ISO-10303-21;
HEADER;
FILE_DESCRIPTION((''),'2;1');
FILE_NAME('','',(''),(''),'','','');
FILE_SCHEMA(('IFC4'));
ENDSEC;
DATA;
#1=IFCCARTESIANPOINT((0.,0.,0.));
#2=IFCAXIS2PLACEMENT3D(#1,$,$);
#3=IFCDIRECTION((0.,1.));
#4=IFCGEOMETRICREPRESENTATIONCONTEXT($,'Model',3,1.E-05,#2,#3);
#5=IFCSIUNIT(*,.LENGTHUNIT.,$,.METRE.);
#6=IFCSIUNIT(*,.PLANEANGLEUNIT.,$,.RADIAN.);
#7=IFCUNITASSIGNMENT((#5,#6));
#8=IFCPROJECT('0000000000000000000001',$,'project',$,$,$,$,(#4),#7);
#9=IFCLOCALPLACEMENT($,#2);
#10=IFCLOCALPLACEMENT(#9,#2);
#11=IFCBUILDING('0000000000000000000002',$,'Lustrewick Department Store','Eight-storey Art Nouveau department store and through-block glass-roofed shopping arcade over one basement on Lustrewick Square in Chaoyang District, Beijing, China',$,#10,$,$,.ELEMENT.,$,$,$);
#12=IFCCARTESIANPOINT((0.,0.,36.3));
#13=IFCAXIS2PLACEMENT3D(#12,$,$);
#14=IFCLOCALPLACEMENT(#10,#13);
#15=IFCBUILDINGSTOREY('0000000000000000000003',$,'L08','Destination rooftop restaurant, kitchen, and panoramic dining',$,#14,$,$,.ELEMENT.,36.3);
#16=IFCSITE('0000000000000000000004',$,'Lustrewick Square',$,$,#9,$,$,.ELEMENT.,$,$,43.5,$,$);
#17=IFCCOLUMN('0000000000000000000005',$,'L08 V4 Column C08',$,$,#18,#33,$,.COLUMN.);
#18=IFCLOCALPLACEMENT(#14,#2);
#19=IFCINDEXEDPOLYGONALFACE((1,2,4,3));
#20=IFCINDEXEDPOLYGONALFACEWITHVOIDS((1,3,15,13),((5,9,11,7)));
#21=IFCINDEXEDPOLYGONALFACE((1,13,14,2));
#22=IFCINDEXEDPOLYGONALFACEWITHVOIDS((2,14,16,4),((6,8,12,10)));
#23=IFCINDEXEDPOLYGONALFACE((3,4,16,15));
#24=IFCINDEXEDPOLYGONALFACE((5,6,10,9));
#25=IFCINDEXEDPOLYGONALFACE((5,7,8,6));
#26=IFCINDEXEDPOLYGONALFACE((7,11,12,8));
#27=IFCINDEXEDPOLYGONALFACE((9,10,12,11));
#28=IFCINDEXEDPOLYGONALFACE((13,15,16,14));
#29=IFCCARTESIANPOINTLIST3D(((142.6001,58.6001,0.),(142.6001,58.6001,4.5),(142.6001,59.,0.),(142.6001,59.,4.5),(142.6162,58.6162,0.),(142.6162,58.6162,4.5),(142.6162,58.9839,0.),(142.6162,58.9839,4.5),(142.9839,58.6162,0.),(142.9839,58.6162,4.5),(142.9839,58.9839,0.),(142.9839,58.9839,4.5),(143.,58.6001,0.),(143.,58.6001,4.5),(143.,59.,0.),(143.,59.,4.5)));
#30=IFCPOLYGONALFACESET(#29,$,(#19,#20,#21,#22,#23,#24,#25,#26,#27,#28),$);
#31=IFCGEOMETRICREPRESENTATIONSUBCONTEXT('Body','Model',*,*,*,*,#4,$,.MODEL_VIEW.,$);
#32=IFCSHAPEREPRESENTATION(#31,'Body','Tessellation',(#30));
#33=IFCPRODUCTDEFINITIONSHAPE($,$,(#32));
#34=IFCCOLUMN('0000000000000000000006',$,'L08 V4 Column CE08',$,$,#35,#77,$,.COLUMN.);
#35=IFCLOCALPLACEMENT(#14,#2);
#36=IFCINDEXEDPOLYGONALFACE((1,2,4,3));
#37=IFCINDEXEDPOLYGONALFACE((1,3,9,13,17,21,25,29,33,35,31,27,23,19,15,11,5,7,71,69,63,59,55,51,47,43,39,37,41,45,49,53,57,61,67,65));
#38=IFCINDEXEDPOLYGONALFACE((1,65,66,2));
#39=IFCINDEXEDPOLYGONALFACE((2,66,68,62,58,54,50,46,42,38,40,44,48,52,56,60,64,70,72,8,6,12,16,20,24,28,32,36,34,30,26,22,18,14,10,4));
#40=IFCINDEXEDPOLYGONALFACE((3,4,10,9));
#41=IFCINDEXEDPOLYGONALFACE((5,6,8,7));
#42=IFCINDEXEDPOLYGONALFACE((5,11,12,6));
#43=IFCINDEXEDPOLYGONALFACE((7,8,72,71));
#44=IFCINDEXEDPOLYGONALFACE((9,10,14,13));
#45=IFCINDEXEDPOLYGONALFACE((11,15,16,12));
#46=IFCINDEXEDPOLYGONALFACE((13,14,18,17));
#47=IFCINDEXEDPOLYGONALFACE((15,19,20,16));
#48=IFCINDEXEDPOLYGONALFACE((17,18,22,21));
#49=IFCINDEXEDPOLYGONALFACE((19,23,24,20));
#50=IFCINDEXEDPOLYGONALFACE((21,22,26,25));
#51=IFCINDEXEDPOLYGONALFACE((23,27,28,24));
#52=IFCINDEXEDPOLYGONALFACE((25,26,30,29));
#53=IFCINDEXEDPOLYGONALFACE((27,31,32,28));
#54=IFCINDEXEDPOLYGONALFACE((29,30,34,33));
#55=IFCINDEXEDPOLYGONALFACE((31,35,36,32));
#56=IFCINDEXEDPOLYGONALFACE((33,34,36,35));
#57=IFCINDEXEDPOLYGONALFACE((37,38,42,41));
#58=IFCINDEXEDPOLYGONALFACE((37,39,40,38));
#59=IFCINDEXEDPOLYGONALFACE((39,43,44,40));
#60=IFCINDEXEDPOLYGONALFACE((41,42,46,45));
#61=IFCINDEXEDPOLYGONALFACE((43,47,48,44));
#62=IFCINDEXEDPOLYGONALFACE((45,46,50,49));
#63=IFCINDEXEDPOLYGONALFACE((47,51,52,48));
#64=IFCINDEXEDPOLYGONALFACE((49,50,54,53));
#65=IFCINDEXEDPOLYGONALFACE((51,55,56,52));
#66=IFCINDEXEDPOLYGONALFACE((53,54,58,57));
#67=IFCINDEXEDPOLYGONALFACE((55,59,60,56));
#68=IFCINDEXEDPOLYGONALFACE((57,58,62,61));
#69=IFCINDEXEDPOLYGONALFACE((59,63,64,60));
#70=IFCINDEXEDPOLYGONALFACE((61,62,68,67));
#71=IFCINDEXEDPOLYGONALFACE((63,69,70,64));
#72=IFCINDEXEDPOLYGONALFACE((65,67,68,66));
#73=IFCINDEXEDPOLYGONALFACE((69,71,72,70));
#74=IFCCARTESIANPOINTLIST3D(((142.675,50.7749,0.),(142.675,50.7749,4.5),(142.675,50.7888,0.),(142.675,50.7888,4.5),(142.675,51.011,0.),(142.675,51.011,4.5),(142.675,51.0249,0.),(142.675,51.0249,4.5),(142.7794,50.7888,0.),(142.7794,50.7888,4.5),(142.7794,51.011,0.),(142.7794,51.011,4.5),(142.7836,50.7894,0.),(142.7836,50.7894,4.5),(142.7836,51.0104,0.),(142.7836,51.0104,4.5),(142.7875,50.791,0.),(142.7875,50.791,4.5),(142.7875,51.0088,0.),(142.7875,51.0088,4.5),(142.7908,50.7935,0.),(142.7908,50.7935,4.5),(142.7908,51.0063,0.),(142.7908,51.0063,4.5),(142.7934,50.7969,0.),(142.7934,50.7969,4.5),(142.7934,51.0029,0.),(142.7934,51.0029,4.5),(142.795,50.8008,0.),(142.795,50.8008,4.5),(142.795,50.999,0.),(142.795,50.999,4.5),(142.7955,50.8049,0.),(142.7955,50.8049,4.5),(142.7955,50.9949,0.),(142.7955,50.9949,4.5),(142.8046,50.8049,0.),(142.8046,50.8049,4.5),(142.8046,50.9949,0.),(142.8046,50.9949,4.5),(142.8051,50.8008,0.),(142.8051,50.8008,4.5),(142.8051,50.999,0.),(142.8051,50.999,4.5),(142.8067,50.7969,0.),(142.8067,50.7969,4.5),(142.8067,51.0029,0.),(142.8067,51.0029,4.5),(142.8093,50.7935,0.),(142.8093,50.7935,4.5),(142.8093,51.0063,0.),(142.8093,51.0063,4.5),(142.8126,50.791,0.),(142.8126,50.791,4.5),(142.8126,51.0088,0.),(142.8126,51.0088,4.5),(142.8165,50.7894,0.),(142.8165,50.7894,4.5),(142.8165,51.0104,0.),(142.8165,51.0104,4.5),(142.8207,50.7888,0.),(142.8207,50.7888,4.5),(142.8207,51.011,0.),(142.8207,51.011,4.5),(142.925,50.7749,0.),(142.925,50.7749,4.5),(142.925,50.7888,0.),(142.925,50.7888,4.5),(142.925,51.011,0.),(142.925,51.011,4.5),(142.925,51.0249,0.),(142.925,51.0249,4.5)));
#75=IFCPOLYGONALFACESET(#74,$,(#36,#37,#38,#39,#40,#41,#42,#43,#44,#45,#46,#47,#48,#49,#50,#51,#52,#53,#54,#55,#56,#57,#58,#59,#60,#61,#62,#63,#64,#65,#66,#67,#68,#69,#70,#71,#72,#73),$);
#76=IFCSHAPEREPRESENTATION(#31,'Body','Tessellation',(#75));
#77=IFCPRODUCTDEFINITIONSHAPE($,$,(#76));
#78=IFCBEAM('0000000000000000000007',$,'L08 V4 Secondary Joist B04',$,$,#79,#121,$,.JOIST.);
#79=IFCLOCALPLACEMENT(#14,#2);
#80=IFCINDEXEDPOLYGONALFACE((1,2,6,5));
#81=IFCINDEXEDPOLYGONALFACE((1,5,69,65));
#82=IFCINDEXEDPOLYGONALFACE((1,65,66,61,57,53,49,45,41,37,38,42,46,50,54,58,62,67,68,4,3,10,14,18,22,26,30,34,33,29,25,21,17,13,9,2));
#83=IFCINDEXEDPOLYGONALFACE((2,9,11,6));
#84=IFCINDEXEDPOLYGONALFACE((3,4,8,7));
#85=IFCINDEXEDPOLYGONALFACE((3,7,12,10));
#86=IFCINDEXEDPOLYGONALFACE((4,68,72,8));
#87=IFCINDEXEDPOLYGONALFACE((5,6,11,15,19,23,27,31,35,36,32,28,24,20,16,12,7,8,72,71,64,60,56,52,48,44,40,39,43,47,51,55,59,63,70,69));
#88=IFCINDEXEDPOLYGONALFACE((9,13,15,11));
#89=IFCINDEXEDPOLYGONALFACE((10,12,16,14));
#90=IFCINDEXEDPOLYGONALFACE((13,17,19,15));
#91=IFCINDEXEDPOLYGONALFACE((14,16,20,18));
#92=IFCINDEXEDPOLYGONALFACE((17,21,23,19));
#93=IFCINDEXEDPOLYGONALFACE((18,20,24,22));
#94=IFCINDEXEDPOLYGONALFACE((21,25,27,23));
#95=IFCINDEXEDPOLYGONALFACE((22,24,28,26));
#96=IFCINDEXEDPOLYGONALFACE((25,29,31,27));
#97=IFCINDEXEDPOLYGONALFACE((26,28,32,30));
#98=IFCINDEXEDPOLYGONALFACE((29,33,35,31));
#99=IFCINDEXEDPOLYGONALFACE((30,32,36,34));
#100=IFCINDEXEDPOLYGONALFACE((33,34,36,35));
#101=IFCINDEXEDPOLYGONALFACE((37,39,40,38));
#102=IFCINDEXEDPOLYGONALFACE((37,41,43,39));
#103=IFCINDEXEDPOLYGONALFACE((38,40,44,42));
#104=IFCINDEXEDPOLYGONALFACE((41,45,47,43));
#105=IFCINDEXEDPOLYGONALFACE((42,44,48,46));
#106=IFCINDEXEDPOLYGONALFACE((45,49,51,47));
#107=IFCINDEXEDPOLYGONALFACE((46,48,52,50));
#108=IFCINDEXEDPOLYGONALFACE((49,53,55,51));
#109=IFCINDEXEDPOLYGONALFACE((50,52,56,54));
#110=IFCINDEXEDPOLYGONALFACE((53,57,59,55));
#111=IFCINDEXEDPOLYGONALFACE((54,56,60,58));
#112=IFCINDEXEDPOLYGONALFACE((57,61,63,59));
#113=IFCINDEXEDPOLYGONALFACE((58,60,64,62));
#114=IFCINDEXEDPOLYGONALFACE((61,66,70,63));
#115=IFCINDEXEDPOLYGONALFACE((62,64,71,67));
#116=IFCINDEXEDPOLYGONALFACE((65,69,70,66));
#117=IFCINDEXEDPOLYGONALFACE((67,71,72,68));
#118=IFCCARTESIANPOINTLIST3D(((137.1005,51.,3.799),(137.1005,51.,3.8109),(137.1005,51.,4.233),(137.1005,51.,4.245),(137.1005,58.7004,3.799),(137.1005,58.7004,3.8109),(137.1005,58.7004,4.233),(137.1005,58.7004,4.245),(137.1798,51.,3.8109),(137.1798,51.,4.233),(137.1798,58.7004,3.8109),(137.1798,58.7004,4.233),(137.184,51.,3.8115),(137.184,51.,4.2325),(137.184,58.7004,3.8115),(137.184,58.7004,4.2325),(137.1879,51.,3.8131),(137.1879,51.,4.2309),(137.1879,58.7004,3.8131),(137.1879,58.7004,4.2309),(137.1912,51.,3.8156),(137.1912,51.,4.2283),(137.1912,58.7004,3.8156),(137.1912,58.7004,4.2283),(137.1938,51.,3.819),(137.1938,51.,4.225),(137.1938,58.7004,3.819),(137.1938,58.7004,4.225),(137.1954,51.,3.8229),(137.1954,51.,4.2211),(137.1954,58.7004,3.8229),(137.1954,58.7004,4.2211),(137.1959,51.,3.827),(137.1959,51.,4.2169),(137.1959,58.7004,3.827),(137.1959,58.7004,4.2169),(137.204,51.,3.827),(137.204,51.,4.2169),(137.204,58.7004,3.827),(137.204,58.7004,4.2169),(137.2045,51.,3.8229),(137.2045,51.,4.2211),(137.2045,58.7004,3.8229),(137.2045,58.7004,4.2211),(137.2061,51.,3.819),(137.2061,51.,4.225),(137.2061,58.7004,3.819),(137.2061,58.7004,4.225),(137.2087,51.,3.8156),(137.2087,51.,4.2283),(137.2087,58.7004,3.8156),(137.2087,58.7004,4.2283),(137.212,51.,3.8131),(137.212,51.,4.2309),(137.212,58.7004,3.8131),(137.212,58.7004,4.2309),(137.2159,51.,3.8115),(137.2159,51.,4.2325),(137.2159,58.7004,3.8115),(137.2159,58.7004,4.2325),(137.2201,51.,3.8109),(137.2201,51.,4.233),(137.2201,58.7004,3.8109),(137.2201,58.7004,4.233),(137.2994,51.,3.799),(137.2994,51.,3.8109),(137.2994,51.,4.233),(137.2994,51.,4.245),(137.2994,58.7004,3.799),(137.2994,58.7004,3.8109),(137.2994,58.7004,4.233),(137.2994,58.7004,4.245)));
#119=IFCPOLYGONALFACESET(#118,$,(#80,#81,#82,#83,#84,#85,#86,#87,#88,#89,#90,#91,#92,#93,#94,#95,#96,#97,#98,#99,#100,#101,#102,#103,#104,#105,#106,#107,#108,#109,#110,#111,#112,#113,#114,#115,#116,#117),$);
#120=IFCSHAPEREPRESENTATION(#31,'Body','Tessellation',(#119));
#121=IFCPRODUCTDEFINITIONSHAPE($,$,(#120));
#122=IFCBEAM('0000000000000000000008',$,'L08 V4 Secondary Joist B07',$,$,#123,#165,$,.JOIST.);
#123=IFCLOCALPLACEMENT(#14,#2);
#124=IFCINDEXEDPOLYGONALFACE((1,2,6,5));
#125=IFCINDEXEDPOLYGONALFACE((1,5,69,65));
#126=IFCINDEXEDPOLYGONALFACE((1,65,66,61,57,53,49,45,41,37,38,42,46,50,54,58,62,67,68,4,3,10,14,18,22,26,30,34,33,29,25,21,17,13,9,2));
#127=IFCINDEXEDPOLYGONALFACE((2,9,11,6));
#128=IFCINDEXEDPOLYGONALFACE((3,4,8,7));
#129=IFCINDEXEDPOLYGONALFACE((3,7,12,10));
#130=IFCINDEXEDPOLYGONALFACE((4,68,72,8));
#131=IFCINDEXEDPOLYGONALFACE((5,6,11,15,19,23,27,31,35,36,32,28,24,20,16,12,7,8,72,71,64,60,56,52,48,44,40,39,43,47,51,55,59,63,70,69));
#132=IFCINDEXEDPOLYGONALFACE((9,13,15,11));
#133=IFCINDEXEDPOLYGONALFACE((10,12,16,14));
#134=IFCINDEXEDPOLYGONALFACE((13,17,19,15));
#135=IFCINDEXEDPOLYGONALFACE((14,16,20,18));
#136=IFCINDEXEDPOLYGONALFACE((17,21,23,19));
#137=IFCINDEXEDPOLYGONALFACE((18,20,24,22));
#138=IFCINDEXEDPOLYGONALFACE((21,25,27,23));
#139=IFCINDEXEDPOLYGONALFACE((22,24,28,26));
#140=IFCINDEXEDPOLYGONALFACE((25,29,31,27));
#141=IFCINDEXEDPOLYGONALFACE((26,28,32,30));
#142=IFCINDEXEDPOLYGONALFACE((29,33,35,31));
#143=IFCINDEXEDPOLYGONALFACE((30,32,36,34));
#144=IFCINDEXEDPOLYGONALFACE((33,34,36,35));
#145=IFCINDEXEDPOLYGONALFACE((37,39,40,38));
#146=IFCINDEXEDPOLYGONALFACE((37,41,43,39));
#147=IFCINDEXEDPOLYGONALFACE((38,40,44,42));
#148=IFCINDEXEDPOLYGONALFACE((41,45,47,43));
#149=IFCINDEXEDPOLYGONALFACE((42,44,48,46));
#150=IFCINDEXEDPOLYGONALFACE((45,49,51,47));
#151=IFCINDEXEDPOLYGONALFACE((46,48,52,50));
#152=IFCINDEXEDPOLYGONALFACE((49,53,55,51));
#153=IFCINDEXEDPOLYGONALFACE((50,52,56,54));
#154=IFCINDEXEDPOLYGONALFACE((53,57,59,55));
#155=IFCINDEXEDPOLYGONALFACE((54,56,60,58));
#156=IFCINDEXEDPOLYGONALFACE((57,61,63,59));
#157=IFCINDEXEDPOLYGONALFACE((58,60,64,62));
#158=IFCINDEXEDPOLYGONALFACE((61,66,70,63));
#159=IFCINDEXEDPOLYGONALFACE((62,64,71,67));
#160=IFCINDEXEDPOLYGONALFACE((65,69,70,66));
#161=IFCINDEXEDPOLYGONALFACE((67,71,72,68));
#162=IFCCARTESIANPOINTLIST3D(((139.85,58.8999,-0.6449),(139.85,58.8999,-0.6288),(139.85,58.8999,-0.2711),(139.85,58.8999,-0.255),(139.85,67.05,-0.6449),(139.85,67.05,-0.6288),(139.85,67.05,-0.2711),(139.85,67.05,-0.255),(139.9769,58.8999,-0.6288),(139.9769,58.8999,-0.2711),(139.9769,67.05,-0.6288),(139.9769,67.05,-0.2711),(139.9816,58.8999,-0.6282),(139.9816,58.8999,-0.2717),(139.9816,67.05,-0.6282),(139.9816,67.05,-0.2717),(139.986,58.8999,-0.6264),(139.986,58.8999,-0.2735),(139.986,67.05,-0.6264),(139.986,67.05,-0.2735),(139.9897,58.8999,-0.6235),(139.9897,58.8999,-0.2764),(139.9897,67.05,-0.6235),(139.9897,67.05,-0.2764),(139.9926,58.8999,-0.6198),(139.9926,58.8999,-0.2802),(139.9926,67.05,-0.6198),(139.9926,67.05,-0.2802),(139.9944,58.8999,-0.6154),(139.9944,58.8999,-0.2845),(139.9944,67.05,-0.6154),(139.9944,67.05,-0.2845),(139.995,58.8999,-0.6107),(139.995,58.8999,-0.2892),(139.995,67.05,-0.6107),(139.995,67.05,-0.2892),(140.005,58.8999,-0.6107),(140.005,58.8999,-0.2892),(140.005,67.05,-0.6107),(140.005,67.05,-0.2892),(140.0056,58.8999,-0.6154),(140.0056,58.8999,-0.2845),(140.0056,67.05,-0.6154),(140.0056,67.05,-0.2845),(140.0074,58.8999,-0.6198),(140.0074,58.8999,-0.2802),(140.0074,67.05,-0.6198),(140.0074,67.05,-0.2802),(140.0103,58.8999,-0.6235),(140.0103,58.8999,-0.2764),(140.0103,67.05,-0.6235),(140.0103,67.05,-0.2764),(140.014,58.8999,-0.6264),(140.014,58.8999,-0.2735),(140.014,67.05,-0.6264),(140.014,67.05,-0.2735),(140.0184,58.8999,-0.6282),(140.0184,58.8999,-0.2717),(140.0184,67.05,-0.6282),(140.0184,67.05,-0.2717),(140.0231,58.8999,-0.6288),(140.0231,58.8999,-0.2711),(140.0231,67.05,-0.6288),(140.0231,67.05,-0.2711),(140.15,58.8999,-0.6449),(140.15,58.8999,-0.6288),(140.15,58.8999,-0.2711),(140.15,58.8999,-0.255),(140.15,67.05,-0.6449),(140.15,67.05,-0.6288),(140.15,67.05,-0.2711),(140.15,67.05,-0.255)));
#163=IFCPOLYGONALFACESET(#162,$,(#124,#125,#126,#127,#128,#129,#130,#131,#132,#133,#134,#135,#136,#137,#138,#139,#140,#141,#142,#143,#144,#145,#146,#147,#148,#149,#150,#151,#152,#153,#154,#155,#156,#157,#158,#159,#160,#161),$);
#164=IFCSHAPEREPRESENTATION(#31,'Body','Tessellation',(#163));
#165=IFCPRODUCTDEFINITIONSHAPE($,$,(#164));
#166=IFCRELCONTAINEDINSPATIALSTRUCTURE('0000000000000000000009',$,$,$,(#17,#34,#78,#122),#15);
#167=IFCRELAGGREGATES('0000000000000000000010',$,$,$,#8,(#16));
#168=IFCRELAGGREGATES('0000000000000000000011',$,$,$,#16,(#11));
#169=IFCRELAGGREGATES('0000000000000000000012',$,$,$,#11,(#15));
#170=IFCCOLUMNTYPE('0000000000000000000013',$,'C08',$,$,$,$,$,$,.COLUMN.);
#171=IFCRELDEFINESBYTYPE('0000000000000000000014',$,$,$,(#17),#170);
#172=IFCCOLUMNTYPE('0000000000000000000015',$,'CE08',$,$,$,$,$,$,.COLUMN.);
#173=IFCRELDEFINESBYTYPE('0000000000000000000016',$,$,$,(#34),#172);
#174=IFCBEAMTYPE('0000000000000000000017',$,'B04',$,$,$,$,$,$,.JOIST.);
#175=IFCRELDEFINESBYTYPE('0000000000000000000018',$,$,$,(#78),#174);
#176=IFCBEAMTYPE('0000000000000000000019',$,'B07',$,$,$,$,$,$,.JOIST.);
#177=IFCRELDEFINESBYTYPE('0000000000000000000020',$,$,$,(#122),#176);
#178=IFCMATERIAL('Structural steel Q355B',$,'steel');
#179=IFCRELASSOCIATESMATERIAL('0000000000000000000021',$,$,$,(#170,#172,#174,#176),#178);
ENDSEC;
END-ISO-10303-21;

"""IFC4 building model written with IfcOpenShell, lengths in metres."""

from ifc_helpers import new_model, si_unit, direction, frame, origin, origin_2d, place, context, subcontext, project, spatial, hollow_rectangle, i_section, extrude, material, material_profile, profile_set, type_object, element, save


model = new_model("IFC4")

# Units and contexts
model_context = context("Model", 3, precision=1e-05, world=origin(), true_north=direction((0.0, 1.0)))
body_context = subcontext(model_context, "Body", "Model", "MODEL_VIEW")
ifc_project = project(units=[si_unit("LENGTHUNIT", "METRE"), si_unit("PLANEANGLEUNIT", "RADIAN")], contexts=[model_context])

# Site, building, storey
site_placement = place(None, origin())
site = spatial("IfcSite", under=ifc_project, at=site_placement, Name="Lustrewick Square", CompositionType="ELEMENT", RefElevation=43.5)
building_placement = place(site_placement, origin())
building = spatial("IfcBuilding", under=site, at=building_placement, Name="Lustrewick Department Store", Description="Eight-storey Art Nouveau department store and through-block glass-roofed shopping arcade over one basement on Lustrewick Square in Chaoyang District, Beijing, China", CompositionType="ELEMENT")
storey_placement = place(building_placement, frame((0.0, 0.0, 36.3)))
storey = spatial("IfcBuildingStorey", under=building, at=storey_placement, Name="L08", Description="Destination rooftop restaurant, kitchen, and panoramic dining", CompositionType="ELEMENT", Elevation=36.3)

# Columns
ifc_material_1 = material(Name="Structural steel Q355B", Category="steel")
ifc_material_profile_1 = material_profile(ifc_material_1, hollow_rectangle(XDim=0.3999, YDim=0.3999, WallThickness=0.0161, at=origin_2d()), Name="BOX 400x400x16")
ifc_profile_set_1 = profile_set([ifc_material_profile_1], Name="Structural steel Q355B")
column_type_1 = type_object("IfcColumnType", Name="C08", PredefinedType="COLUMN", material=ifc_profile_set_1)
column_1_placement = place(storey_placement, frame((142.8, 58.8, 0.0), z_axis=(0.0, 0.0, 1.0), x_axis=(1.0, 0.0, 0.0)))
element("IfcColumn", 1, at=column_1_placement, inside=storey, type_object=column_type_1, Name="L08 V4 Column C08", PredefinedType="COLUMN", context=body_context, shape_type="SweptSolid", body=[
    extrude(hollow_rectangle(XDim=0.3999, YDim=0.3999, WallThickness=0.0161, at=origin_2d()), origin(), (0.0, 0.0, 1.0), 4.5),
])
ifc_material_profile_2 = material_profile(ifc_material_1, i_section(OverallWidth=0.25, OverallDepth=0.25, WebThickness=0.009, FlangeThickness=0.0139, FilletRadius=0.0161, at=origin_2d()), Name="HW 250x250x9x14")
ifc_profile_set_2 = profile_set([ifc_material_profile_2], Name="Structural steel Q355B")
column_type_2 = type_object("IfcColumnType", Name="CE08", PredefinedType="COLUMN", material=ifc_profile_set_2)
column_2_placement = place(storey_placement, frame((142.8, 50.8999, 0.0), z_axis=(0.0, 0.0, 1.0), x_axis=(1.0, 0.0, 0.0)))
element("IfcColumn", 2, at=column_2_placement, inside=storey, type_object=column_type_2, Name="L08 V4 Column CE08", PredefinedType="COLUMN", context=body_context, shape_type="SweptSolid", body=[
    extrude(i_section(OverallWidth=0.25, OverallDepth=0.25, WebThickness=0.009, FlangeThickness=0.0139, FilletRadius=0.0161, at=origin_2d()), origin(), (0.0, 0.0, 1.0), 4.5),
])

# Beams
ifc_material_profile_3 = material_profile(ifc_material_1, i_section(OverallWidth=0.199, OverallDepth=0.446, WebThickness=0.0081, FlangeThickness=0.012, FilletRadius=0.0161, at=origin_2d()), Name="HN 446x199x8x12")
ifc_profile_set_3 = profile_set([ifc_material_profile_3], Name="Structural steel Q355B")
beam_type_1 = type_object("IfcBeamType", Name="B04", PredefinedType="JOIST", material=ifc_profile_set_3)
beam_1_placement = place(storey_placement, frame((137.2, 51.0, 4.022), z_axis=(0.0, 1.0, 0.0), x_axis=(-1.0, 0.0, 0.0)))
element("IfcBeam", 3, at=beam_1_placement, inside=storey, type_object=beam_type_1, Name="L08 V4 Secondary Joist B04", PredefinedType="JOIST", context=body_context, shape_type="SweptSolid", body=[
    extrude(i_section(OverallWidth=0.199, OverallDepth=0.446, WebThickness=0.0081, FlangeThickness=0.012, FilletRadius=0.0161, at=origin_2d()), origin(), (0.0, 0.0, 1.0), 7.7004),
])
ifc_material_profile_4 = material_profile(ifc_material_1, i_section(OverallWidth=0.3, OverallDepth=0.3899, WebThickness=0.01, FlangeThickness=0.0161, FilletRadius=0.0181, at=origin_2d()), Name="HM 390x300x10x16")
ifc_profile_set_4 = profile_set([ifc_material_profile_4], Name="Structural steel Q355B")
beam_type_2 = type_object("IfcBeamType", Name="B07", PredefinedType="JOIST", material=ifc_profile_set_4)
beam_2_placement = place(storey_placement, frame((140.0, 58.8999, -0.45), z_axis=(0.0, 1.0, 0.0), x_axis=(-1.0, 0.0, 0.0)))
element("IfcBeam", 4, at=beam_2_placement, inside=storey, type_object=beam_type_2, Name="L08 V4 Secondary Joist B07", PredefinedType="JOIST", context=body_context, shape_type="SweptSolid", body=[
    extrude(i_section(OverallWidth=0.3, OverallDepth=0.3899, WebThickness=0.01, FlangeThickness=0.0161, FilletRadius=0.0181, at=origin_2d()), origin(), (0.0, 0.0, 1.0), 8.1501),
])

save(model, "model.ifc")
